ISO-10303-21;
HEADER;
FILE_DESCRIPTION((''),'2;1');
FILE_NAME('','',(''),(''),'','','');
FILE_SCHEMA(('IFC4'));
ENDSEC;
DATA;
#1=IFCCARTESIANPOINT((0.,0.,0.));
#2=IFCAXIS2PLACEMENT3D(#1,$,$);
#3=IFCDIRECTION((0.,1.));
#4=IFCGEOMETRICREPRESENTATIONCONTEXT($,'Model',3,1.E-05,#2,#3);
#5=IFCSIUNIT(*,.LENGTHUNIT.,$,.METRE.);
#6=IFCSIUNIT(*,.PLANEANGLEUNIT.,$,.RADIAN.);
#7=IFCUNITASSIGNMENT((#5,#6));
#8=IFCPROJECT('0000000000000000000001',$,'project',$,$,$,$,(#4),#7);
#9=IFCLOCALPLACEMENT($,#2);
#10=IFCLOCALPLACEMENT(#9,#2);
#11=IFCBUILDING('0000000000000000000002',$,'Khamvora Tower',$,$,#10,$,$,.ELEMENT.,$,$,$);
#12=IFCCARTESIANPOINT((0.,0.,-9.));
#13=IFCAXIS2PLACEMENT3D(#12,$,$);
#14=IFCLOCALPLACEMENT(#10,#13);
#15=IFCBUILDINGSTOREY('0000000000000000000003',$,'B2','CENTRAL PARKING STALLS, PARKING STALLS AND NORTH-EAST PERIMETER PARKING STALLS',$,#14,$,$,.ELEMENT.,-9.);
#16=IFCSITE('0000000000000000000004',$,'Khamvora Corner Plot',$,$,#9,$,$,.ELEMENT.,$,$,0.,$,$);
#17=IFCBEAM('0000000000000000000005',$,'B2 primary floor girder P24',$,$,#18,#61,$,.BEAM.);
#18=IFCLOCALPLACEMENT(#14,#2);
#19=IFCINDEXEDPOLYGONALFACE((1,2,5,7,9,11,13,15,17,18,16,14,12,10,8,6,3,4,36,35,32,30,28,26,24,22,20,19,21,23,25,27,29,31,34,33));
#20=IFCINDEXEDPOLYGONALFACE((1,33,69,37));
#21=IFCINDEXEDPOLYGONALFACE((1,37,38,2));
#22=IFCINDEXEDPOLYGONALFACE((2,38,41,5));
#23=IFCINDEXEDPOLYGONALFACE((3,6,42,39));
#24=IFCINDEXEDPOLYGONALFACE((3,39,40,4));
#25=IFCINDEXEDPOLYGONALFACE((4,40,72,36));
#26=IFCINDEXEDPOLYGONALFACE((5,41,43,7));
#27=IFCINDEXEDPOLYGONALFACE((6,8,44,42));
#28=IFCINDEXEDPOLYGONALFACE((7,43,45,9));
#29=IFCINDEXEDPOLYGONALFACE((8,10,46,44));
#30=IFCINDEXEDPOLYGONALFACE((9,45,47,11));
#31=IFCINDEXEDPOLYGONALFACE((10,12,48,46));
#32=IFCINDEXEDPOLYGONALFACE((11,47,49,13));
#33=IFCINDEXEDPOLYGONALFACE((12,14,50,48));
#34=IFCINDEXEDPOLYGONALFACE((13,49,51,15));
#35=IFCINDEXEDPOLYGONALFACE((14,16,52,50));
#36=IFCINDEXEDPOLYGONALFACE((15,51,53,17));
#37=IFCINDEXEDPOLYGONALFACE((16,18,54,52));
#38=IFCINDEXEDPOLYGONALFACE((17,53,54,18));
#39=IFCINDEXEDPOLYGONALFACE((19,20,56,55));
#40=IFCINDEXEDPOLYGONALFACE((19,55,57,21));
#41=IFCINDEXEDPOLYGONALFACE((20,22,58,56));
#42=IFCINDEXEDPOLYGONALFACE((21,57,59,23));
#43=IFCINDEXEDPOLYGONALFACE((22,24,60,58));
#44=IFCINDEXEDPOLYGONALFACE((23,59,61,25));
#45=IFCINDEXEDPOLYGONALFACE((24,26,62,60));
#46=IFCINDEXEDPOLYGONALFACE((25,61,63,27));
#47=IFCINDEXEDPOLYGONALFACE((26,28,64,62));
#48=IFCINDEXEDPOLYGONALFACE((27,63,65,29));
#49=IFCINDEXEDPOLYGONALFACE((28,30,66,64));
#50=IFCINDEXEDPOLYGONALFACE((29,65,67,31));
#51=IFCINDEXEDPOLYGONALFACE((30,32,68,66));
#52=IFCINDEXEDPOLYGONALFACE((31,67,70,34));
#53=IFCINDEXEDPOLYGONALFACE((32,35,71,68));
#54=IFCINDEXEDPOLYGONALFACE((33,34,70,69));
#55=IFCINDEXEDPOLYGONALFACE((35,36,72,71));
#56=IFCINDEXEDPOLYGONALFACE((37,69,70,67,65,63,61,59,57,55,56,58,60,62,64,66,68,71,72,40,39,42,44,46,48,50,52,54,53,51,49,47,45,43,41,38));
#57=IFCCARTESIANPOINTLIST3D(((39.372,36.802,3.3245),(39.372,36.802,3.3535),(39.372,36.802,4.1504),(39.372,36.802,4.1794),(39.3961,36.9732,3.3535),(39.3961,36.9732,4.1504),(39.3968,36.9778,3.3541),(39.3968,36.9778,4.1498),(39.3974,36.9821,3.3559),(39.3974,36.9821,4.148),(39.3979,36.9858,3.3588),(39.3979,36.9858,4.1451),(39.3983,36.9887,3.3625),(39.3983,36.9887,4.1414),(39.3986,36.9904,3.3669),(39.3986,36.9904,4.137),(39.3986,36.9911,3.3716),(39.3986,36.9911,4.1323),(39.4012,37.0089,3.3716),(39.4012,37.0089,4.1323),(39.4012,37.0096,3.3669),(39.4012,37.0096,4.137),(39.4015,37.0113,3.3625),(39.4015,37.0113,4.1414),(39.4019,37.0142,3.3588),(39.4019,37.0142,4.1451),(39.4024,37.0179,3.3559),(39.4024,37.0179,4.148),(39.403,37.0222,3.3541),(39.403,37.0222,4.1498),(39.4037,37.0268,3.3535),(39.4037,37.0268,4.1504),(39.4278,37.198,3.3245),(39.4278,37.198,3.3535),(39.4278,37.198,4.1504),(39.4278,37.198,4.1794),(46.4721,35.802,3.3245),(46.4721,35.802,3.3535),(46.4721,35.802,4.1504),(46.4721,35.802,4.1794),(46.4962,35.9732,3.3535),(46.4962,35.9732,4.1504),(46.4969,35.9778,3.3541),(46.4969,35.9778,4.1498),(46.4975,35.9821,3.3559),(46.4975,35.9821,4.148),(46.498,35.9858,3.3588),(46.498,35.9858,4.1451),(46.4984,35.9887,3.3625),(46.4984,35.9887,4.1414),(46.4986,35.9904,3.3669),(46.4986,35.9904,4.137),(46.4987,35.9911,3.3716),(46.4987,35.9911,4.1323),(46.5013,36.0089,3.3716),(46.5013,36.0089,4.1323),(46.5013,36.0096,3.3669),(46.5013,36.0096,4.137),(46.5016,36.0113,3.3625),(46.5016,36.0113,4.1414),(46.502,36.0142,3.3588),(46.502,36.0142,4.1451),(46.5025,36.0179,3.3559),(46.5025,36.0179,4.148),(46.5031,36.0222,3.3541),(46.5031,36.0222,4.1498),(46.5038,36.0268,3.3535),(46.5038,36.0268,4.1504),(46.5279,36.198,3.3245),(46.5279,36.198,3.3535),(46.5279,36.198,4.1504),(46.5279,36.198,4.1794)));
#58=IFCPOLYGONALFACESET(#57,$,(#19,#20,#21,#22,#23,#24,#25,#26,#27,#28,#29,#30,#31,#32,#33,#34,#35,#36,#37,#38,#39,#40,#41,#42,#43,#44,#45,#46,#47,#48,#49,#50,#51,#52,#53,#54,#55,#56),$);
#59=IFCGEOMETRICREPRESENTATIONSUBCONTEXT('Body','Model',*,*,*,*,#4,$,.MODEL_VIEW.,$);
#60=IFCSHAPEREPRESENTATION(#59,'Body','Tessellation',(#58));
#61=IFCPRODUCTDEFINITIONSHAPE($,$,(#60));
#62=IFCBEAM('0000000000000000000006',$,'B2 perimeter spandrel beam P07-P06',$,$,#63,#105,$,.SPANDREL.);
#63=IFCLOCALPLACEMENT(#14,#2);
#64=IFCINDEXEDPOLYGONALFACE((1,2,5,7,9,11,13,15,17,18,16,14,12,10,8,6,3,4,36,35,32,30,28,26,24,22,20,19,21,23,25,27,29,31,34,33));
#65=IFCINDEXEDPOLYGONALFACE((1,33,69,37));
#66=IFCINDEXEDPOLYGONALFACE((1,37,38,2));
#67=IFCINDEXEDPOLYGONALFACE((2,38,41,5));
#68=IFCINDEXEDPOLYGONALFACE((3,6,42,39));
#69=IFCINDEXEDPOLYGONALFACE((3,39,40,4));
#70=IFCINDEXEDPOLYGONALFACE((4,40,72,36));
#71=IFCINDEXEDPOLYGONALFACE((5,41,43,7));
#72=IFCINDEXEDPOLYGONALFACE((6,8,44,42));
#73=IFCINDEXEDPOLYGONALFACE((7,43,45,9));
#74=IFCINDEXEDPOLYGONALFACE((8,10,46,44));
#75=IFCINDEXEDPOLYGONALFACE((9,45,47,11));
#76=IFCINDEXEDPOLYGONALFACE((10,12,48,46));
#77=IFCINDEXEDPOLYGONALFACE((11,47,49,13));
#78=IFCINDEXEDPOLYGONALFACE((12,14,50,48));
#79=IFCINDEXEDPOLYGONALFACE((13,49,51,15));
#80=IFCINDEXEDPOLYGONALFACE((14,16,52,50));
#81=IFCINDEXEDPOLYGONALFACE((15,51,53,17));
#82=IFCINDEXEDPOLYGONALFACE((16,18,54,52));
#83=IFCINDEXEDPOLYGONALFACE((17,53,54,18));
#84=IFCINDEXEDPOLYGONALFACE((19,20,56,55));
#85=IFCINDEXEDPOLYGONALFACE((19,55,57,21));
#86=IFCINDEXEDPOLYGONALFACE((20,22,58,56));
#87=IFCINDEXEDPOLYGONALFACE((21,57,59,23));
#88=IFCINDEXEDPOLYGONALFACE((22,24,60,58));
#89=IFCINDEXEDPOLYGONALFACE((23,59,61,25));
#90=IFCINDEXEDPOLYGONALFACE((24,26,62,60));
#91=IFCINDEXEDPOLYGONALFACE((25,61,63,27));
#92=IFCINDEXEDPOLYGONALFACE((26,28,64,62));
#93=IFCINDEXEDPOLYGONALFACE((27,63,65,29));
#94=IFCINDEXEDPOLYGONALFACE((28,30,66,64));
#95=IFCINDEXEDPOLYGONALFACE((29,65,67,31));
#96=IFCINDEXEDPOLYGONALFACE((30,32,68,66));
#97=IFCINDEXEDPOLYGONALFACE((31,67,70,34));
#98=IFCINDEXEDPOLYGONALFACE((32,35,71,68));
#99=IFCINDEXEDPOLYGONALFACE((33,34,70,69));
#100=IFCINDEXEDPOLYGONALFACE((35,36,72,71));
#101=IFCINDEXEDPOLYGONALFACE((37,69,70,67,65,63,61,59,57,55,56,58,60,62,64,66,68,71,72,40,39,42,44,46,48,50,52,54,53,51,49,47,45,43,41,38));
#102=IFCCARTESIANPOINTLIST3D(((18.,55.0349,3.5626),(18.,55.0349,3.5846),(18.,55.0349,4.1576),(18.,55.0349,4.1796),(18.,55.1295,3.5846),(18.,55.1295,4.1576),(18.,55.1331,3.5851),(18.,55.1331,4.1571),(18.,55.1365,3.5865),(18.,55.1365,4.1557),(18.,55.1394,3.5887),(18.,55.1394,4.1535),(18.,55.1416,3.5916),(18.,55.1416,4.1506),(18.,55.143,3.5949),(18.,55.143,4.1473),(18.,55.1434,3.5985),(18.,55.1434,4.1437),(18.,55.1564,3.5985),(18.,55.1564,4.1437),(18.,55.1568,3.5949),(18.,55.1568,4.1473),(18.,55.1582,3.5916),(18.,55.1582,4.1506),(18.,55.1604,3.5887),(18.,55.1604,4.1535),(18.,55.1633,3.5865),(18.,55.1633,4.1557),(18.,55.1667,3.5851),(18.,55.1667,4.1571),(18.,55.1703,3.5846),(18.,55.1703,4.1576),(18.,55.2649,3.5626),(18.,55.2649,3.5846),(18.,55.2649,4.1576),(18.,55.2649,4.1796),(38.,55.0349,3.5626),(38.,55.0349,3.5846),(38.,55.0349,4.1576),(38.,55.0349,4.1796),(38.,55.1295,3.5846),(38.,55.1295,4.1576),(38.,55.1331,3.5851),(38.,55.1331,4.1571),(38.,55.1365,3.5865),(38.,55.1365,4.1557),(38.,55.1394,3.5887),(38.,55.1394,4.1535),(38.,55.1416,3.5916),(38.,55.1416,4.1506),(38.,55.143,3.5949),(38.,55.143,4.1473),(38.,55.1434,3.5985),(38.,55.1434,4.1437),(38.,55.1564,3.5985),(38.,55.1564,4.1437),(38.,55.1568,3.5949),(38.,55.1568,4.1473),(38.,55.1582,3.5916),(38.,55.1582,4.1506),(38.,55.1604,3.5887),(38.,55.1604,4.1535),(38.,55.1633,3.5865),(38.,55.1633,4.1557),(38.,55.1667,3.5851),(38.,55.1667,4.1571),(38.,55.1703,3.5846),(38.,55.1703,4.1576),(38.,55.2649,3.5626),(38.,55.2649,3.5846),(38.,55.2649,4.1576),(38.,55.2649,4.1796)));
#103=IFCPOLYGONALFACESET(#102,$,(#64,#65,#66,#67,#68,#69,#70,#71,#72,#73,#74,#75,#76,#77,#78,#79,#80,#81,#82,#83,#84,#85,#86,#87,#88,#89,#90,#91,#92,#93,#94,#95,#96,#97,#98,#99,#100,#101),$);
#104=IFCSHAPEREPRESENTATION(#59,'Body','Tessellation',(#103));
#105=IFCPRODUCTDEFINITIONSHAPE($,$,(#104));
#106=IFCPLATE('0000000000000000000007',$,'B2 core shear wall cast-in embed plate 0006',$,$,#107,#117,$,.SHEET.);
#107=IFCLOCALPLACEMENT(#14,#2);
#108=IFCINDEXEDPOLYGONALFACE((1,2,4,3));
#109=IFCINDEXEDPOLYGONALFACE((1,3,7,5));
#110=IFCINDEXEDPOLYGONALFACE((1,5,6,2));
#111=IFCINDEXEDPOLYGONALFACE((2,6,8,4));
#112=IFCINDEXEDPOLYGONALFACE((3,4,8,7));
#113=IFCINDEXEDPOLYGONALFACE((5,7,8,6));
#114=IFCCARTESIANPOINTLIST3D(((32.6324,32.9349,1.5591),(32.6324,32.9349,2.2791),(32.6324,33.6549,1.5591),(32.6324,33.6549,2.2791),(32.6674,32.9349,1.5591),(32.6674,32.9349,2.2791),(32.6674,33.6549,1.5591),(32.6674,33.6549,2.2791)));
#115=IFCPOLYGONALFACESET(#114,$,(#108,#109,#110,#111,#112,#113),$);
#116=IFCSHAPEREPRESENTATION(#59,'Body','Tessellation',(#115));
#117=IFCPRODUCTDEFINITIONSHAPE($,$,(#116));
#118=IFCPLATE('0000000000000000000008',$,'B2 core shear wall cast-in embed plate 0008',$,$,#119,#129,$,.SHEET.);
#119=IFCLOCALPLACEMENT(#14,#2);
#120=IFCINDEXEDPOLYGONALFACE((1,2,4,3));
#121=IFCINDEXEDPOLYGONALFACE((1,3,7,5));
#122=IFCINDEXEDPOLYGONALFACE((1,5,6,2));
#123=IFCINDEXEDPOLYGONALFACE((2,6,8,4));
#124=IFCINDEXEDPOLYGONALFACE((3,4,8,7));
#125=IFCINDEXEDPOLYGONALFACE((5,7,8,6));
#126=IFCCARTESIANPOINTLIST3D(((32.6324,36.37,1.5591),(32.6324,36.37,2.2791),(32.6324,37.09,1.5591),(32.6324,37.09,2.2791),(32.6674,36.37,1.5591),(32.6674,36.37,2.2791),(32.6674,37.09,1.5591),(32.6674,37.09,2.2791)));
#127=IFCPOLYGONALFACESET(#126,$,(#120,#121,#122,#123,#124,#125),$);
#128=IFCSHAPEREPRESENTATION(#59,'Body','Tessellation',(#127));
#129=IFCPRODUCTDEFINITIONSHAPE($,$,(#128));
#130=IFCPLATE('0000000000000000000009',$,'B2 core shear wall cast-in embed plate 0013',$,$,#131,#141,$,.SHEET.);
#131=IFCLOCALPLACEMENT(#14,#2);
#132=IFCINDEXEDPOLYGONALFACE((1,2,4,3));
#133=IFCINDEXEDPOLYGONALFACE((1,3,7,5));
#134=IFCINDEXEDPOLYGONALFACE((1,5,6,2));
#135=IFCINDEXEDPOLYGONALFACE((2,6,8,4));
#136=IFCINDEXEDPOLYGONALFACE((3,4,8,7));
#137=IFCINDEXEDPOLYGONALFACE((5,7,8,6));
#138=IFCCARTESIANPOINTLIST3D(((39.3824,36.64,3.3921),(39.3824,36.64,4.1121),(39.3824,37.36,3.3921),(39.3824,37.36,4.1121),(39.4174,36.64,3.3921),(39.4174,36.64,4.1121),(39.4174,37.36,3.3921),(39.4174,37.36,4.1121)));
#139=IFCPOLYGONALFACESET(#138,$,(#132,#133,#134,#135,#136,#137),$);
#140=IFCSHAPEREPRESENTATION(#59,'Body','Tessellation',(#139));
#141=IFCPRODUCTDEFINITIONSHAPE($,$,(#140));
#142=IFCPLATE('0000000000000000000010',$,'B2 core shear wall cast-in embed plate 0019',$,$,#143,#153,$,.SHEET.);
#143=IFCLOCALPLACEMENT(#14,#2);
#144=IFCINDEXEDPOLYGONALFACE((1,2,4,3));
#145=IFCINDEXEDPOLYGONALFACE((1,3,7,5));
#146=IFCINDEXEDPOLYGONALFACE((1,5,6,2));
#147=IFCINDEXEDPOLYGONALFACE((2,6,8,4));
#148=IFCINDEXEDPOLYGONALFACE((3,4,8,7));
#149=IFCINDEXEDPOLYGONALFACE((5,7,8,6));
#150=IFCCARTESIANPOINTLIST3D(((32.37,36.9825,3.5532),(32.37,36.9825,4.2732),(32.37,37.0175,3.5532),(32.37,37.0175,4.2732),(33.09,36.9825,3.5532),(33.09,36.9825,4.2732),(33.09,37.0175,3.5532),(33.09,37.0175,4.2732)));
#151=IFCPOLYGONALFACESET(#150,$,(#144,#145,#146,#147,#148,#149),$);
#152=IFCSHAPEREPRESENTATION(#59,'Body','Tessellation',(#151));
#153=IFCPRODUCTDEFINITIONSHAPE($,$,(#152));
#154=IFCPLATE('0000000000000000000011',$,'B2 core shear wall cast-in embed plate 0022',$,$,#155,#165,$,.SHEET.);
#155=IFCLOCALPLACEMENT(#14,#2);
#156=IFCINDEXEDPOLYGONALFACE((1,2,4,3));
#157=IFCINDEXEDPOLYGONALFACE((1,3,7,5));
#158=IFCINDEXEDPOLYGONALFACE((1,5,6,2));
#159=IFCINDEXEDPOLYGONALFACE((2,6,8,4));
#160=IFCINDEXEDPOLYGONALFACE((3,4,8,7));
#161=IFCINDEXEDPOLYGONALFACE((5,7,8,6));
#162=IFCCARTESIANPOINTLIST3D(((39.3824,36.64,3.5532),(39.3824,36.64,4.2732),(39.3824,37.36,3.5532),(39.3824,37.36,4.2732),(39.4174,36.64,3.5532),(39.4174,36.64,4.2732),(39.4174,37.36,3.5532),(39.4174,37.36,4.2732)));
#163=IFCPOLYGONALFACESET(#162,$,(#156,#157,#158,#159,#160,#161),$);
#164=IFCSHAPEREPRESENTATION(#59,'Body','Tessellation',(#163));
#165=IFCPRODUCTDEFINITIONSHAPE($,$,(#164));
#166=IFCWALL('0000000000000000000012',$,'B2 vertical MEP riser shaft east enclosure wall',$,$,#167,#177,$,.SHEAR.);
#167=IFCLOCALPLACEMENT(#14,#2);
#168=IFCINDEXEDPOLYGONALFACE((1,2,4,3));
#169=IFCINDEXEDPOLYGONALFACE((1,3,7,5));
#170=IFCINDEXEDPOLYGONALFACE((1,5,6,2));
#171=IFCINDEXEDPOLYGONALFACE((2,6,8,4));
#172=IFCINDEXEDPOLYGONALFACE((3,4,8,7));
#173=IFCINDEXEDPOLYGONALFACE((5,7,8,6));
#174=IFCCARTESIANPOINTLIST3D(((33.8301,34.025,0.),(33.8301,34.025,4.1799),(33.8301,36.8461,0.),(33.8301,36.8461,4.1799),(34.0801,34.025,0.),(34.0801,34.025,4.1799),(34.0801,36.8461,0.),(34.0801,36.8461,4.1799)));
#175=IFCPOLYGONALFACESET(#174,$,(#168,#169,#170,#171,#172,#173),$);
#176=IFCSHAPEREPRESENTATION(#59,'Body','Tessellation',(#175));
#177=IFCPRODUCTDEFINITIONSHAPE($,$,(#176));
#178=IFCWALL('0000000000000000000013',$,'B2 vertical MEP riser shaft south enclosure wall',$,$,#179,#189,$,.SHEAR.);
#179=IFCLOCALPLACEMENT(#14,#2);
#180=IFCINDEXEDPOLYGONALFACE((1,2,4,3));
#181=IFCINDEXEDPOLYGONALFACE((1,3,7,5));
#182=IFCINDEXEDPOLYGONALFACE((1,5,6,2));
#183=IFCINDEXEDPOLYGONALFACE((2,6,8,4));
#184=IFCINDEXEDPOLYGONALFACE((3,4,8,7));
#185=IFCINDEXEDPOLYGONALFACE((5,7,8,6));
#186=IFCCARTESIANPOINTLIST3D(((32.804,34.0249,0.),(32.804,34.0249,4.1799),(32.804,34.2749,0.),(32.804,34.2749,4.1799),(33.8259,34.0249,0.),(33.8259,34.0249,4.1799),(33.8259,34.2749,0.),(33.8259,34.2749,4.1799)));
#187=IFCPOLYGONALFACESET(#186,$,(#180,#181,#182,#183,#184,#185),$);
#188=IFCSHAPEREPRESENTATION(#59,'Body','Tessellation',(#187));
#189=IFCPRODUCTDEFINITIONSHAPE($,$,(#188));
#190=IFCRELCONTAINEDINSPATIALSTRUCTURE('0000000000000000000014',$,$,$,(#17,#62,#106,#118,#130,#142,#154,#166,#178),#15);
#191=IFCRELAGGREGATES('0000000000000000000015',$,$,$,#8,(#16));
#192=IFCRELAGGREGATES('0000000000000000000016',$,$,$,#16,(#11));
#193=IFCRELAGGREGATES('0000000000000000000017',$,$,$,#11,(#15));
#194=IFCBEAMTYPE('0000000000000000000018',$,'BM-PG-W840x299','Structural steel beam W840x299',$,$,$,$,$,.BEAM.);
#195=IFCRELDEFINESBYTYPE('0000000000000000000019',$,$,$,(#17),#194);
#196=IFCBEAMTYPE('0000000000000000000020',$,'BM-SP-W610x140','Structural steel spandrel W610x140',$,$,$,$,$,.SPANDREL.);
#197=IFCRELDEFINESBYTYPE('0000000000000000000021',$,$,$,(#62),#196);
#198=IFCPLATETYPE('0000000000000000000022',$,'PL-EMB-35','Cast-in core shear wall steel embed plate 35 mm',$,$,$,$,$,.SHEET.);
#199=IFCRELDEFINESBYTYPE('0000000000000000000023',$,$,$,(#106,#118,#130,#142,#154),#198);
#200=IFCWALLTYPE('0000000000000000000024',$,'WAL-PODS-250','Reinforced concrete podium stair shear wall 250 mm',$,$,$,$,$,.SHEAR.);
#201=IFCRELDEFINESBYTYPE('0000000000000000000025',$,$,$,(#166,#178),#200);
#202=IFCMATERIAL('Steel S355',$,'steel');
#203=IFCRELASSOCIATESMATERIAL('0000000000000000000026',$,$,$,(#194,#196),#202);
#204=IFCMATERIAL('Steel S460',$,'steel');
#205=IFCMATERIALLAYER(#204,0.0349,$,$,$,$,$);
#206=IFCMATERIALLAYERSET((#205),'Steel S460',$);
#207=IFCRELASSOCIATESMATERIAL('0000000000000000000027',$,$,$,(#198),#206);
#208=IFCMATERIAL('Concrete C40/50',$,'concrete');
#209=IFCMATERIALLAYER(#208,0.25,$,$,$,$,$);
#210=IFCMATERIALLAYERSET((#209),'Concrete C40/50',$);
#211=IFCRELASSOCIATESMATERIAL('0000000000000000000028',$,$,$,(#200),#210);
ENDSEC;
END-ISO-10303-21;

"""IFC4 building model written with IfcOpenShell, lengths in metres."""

from ifc_helpers import new_model, si_unit, direction, frame, frame_2d, origin, origin_2d, place, context, subcontext, project, spatial, rectangle, i_section, extrude, material, layer, layer_set, material_profile, profile_set, type_object, element, save


model = new_model("IFC4")

# Units and contexts
model_context = context("Model", 3, precision=1e-05, world=origin(), true_north=direction((0.0, 1.0)))
body_context = subcontext(model_context, "Body", "Model", "MODEL_VIEW")
ifc_project = project(units=[si_unit("LENGTHUNIT", "METRE"), si_unit("PLANEANGLEUNIT", "RADIAN")], contexts=[model_context])

# Site, building, storey
site_placement = place(None, origin())
site = spatial("IfcSite", under=ifc_project, at=site_placement, Name="Khamvora Corner Plot", CompositionType="ELEMENT", RefElevation=0.0)
building_placement = place(site_placement, origin())
building = spatial("IfcBuilding", under=site, at=building_placement, Name="Khamvora Tower", CompositionType="ELEMENT")
storey_placement = place(building_placement, frame((0.0, 0.0, -9.0)))
storey = spatial("IfcBuildingStorey", under=building, at=storey_placement, Name="B2", Description="CENTRAL PARKING STALLS, PARKING STALLS AND NORTH-EAST PERIMETER PARKING STALLS", CompositionType="ELEMENT", Elevation=-9.0)

# Shared definitions
ifc_material_1 = material(Name="Concrete C40/50", Category="concrete")

# Shared definitions
ifc_material_2 = material(Name="Steel S460", Category="steel")

# Beams
ifc_material_3 = material(Name="Steel S355", Category="steel")
ifc_material_profile_1 = material_profile(ifc_material_3, i_section(OverallWidth=0.3999, OverallDepth=0.855, WebThickness=0.0181, FlangeThickness=0.0291, FilletRadius=0.0181, at=origin_2d()), Name="W840x299")
ifc_profile_set_1 = profile_set([ifc_material_profile_1], Name="Steel S355")
beam_type_1 = type_object("IfcBeamType", Name="BM-PG-W840x299", Description="Structural steel beam W840x299", PredefinedType="BEAM", material=ifc_profile_set_1)
beam_1_placement = place(storey_placement, frame((39.3999, 37.0, 3.752), z_axis=(0.990227, -0.139467, 0.0), x_axis=(0.139467, 0.990227, 0.0)))
element("IfcBeam", 1, at=beam_1_placement, inside=storey, type_object=beam_type_1, Name="B2 primary floor girder P24", PredefinedType="BEAM", context=body_context, shape_type="SweptSolid", body=[
    extrude(i_section(OverallWidth=0.3999, OverallDepth=0.855, WebThickness=0.0181, FlangeThickness=0.0291, FilletRadius=0.0181, at=origin_2d()), origin(), (0.0, 0.0, 1.0), 7.1702),
])
ifc_material_profile_2 = material_profile(ifc_material_3, i_section(OverallWidth=0.23, OverallDepth=0.6169, WebThickness=0.0129, FlangeThickness=0.022, FilletRadius=0.0139, at=origin_2d()), Name="W610x140")
ifc_profile_set_2 = profile_set([ifc_material_profile_2], Name="Steel S355")
beam_type_2 = type_object("IfcBeamType", Name="BM-SP-W610x140", Description="Structural steel spandrel W610x140", PredefinedType="SPANDREL", material=ifc_profile_set_2)
beam_2_placement = place(storey_placement, frame((38.0, 55.1499, 3.8711), z_axis=(-1.0, 0.0, 0.0), x_axis=(0.0, -1.0, 0.0)))
element("IfcBeam", 2, at=beam_2_placement, inside=storey, type_object=beam_type_2, Name="B2 perimeter spandrel beam P07-P06", PredefinedType="SPANDREL", context=body_context, shape_type="SweptSolid", body=[
    extrude(i_section(OverallWidth=0.23, OverallDepth=0.6169, WebThickness=0.0129, FlangeThickness=0.022, FilletRadius=0.0139, at=origin_2d()), origin(), (0.0, 0.0, 1.0), 20.0),
])

# Plates
ifc_layer_1 = layer(ifc_material_2, 0.0349)
ifc_layer_set_1 = layer_set([ifc_layer_1], Name="Steel S460")
plate_type = type_object("IfcPlateType", Name="PL-EMB-35", Description="Cast-in core shear wall steel embed plate 35 mm", PredefinedType="SHEET", material=ifc_layer_set_1)
for number, where, z_axis, x_axis, name in (
    (3, (32.6499, 33.2949, 1.5591), (0.0, 0.0, 1.0), (1.0, 0.0, 0.0), "B2 core shear wall cast-in embed plate 0006"),
    (4, (32.6499, 36.73, 1.5591), (0.0, 0.0, 1.0), (1.0, 0.0, 0.0), "B2 core shear wall cast-in embed plate 0008"),
    (5, (39.3999, 37.0, 3.3921), (0.0, 0.0, 1.0), (1.0, 0.0, 0.0), "B2 core shear wall cast-in embed plate 0013"),
):
    element("IfcPlate", number, at=place(storey_placement, frame(where, z_axis=z_axis, x_axis=x_axis)), inside=storey, type_object=plate_type, Name=name, PredefinedType="SHEET", context=body_context, shape_type="SweptSolid", body=[
        extrude(rectangle(XDim=0.0349, YDim=0.72, at=origin_2d()), origin(), (0.0, 0.0, 1.0), 0.72),
    ])
plate_1_placement = place(storey_placement, frame((32.73, 37.0, 3.5532), z_axis=(0.0, 0.0, 1.0), x_axis=(1.0, 0.0, 0.0)))
element("IfcPlate", 6, at=plate_1_placement, inside=storey, type_object=plate_type, Name="B2 core shear wall cast-in embed plate 0019", PredefinedType="SHEET", context=body_context, shape_type="SweptSolid", body=[
    extrude(rectangle(XDim=0.72, YDim=0.0349, at=origin_2d()), origin(), (0.0, 0.0, 1.0), 0.72),
])
plate_2_placement = place(storey_placement, frame((39.3999, 37.0, 3.5532), z_axis=(0.0, 0.0, 1.0), x_axis=(1.0, 0.0, 0.0)))
element("IfcPlate", 7, at=plate_2_placement, inside=storey, type_object=plate_type, Name="B2 core shear wall cast-in embed plate 0022", PredefinedType="SHEET", context=body_context, shape_type="SweptSolid", body=[
    extrude(rectangle(XDim=0.0349, YDim=0.72, at=origin_2d()), origin(), (0.0, 0.0, 1.0), 0.72),
])

# Walls
ifc_layer_2 = layer(ifc_material_1, 0.25)
ifc_layer_set_2 = layer_set([ifc_layer_2], Name="Concrete C40/50")
wall_type = type_object("IfcWallType", Name="WAL-PODS-250", Description="Reinforced concrete podium stair shear wall 250 mm", PredefinedType="SHEAR", material=ifc_layer_set_2)
wall_1_placement = place(storey_placement, frame((33.9551, 34.0249, 0.0), z_axis=(0.0, 0.0, 1.0), x_axis=(0.0, 1.0, 0.0)))
element("IfcWall", 8, at=wall_1_placement, inside=storey, type_object=wall_type, Name="B2 vertical MEP riser shaft east enclosure wall", PredefinedType="SHEAR", context=body_context, shape_type="SweptSolid", body=[
    extrude(rectangle(XDim=2.821, YDim=0.25, at=frame_2d((1.4106, 0.0))), origin(), (0.0, 0.0, 1.0), 4.1799),
])
wall_2_placement = place(storey_placement, frame((32.804, 34.1499, 0.0), z_axis=(0.0, 0.0, 1.0), x_axis=(1.0, 0.0, 0.0)))
element("IfcWall", 9, at=wall_2_placement, inside=storey, type_object=wall_type, Name="B2 vertical MEP riser shaft south enclosure wall", PredefinedType="SHEAR", context=body_context, shape_type="SweptSolid", body=[
    extrude(rectangle(XDim=1.022, YDim=0.25, at=frame_2d((0.511, 0.0))), origin(), (0.0, 0.0, 1.0), 4.1799),
])

save(model, "model.ifc")
